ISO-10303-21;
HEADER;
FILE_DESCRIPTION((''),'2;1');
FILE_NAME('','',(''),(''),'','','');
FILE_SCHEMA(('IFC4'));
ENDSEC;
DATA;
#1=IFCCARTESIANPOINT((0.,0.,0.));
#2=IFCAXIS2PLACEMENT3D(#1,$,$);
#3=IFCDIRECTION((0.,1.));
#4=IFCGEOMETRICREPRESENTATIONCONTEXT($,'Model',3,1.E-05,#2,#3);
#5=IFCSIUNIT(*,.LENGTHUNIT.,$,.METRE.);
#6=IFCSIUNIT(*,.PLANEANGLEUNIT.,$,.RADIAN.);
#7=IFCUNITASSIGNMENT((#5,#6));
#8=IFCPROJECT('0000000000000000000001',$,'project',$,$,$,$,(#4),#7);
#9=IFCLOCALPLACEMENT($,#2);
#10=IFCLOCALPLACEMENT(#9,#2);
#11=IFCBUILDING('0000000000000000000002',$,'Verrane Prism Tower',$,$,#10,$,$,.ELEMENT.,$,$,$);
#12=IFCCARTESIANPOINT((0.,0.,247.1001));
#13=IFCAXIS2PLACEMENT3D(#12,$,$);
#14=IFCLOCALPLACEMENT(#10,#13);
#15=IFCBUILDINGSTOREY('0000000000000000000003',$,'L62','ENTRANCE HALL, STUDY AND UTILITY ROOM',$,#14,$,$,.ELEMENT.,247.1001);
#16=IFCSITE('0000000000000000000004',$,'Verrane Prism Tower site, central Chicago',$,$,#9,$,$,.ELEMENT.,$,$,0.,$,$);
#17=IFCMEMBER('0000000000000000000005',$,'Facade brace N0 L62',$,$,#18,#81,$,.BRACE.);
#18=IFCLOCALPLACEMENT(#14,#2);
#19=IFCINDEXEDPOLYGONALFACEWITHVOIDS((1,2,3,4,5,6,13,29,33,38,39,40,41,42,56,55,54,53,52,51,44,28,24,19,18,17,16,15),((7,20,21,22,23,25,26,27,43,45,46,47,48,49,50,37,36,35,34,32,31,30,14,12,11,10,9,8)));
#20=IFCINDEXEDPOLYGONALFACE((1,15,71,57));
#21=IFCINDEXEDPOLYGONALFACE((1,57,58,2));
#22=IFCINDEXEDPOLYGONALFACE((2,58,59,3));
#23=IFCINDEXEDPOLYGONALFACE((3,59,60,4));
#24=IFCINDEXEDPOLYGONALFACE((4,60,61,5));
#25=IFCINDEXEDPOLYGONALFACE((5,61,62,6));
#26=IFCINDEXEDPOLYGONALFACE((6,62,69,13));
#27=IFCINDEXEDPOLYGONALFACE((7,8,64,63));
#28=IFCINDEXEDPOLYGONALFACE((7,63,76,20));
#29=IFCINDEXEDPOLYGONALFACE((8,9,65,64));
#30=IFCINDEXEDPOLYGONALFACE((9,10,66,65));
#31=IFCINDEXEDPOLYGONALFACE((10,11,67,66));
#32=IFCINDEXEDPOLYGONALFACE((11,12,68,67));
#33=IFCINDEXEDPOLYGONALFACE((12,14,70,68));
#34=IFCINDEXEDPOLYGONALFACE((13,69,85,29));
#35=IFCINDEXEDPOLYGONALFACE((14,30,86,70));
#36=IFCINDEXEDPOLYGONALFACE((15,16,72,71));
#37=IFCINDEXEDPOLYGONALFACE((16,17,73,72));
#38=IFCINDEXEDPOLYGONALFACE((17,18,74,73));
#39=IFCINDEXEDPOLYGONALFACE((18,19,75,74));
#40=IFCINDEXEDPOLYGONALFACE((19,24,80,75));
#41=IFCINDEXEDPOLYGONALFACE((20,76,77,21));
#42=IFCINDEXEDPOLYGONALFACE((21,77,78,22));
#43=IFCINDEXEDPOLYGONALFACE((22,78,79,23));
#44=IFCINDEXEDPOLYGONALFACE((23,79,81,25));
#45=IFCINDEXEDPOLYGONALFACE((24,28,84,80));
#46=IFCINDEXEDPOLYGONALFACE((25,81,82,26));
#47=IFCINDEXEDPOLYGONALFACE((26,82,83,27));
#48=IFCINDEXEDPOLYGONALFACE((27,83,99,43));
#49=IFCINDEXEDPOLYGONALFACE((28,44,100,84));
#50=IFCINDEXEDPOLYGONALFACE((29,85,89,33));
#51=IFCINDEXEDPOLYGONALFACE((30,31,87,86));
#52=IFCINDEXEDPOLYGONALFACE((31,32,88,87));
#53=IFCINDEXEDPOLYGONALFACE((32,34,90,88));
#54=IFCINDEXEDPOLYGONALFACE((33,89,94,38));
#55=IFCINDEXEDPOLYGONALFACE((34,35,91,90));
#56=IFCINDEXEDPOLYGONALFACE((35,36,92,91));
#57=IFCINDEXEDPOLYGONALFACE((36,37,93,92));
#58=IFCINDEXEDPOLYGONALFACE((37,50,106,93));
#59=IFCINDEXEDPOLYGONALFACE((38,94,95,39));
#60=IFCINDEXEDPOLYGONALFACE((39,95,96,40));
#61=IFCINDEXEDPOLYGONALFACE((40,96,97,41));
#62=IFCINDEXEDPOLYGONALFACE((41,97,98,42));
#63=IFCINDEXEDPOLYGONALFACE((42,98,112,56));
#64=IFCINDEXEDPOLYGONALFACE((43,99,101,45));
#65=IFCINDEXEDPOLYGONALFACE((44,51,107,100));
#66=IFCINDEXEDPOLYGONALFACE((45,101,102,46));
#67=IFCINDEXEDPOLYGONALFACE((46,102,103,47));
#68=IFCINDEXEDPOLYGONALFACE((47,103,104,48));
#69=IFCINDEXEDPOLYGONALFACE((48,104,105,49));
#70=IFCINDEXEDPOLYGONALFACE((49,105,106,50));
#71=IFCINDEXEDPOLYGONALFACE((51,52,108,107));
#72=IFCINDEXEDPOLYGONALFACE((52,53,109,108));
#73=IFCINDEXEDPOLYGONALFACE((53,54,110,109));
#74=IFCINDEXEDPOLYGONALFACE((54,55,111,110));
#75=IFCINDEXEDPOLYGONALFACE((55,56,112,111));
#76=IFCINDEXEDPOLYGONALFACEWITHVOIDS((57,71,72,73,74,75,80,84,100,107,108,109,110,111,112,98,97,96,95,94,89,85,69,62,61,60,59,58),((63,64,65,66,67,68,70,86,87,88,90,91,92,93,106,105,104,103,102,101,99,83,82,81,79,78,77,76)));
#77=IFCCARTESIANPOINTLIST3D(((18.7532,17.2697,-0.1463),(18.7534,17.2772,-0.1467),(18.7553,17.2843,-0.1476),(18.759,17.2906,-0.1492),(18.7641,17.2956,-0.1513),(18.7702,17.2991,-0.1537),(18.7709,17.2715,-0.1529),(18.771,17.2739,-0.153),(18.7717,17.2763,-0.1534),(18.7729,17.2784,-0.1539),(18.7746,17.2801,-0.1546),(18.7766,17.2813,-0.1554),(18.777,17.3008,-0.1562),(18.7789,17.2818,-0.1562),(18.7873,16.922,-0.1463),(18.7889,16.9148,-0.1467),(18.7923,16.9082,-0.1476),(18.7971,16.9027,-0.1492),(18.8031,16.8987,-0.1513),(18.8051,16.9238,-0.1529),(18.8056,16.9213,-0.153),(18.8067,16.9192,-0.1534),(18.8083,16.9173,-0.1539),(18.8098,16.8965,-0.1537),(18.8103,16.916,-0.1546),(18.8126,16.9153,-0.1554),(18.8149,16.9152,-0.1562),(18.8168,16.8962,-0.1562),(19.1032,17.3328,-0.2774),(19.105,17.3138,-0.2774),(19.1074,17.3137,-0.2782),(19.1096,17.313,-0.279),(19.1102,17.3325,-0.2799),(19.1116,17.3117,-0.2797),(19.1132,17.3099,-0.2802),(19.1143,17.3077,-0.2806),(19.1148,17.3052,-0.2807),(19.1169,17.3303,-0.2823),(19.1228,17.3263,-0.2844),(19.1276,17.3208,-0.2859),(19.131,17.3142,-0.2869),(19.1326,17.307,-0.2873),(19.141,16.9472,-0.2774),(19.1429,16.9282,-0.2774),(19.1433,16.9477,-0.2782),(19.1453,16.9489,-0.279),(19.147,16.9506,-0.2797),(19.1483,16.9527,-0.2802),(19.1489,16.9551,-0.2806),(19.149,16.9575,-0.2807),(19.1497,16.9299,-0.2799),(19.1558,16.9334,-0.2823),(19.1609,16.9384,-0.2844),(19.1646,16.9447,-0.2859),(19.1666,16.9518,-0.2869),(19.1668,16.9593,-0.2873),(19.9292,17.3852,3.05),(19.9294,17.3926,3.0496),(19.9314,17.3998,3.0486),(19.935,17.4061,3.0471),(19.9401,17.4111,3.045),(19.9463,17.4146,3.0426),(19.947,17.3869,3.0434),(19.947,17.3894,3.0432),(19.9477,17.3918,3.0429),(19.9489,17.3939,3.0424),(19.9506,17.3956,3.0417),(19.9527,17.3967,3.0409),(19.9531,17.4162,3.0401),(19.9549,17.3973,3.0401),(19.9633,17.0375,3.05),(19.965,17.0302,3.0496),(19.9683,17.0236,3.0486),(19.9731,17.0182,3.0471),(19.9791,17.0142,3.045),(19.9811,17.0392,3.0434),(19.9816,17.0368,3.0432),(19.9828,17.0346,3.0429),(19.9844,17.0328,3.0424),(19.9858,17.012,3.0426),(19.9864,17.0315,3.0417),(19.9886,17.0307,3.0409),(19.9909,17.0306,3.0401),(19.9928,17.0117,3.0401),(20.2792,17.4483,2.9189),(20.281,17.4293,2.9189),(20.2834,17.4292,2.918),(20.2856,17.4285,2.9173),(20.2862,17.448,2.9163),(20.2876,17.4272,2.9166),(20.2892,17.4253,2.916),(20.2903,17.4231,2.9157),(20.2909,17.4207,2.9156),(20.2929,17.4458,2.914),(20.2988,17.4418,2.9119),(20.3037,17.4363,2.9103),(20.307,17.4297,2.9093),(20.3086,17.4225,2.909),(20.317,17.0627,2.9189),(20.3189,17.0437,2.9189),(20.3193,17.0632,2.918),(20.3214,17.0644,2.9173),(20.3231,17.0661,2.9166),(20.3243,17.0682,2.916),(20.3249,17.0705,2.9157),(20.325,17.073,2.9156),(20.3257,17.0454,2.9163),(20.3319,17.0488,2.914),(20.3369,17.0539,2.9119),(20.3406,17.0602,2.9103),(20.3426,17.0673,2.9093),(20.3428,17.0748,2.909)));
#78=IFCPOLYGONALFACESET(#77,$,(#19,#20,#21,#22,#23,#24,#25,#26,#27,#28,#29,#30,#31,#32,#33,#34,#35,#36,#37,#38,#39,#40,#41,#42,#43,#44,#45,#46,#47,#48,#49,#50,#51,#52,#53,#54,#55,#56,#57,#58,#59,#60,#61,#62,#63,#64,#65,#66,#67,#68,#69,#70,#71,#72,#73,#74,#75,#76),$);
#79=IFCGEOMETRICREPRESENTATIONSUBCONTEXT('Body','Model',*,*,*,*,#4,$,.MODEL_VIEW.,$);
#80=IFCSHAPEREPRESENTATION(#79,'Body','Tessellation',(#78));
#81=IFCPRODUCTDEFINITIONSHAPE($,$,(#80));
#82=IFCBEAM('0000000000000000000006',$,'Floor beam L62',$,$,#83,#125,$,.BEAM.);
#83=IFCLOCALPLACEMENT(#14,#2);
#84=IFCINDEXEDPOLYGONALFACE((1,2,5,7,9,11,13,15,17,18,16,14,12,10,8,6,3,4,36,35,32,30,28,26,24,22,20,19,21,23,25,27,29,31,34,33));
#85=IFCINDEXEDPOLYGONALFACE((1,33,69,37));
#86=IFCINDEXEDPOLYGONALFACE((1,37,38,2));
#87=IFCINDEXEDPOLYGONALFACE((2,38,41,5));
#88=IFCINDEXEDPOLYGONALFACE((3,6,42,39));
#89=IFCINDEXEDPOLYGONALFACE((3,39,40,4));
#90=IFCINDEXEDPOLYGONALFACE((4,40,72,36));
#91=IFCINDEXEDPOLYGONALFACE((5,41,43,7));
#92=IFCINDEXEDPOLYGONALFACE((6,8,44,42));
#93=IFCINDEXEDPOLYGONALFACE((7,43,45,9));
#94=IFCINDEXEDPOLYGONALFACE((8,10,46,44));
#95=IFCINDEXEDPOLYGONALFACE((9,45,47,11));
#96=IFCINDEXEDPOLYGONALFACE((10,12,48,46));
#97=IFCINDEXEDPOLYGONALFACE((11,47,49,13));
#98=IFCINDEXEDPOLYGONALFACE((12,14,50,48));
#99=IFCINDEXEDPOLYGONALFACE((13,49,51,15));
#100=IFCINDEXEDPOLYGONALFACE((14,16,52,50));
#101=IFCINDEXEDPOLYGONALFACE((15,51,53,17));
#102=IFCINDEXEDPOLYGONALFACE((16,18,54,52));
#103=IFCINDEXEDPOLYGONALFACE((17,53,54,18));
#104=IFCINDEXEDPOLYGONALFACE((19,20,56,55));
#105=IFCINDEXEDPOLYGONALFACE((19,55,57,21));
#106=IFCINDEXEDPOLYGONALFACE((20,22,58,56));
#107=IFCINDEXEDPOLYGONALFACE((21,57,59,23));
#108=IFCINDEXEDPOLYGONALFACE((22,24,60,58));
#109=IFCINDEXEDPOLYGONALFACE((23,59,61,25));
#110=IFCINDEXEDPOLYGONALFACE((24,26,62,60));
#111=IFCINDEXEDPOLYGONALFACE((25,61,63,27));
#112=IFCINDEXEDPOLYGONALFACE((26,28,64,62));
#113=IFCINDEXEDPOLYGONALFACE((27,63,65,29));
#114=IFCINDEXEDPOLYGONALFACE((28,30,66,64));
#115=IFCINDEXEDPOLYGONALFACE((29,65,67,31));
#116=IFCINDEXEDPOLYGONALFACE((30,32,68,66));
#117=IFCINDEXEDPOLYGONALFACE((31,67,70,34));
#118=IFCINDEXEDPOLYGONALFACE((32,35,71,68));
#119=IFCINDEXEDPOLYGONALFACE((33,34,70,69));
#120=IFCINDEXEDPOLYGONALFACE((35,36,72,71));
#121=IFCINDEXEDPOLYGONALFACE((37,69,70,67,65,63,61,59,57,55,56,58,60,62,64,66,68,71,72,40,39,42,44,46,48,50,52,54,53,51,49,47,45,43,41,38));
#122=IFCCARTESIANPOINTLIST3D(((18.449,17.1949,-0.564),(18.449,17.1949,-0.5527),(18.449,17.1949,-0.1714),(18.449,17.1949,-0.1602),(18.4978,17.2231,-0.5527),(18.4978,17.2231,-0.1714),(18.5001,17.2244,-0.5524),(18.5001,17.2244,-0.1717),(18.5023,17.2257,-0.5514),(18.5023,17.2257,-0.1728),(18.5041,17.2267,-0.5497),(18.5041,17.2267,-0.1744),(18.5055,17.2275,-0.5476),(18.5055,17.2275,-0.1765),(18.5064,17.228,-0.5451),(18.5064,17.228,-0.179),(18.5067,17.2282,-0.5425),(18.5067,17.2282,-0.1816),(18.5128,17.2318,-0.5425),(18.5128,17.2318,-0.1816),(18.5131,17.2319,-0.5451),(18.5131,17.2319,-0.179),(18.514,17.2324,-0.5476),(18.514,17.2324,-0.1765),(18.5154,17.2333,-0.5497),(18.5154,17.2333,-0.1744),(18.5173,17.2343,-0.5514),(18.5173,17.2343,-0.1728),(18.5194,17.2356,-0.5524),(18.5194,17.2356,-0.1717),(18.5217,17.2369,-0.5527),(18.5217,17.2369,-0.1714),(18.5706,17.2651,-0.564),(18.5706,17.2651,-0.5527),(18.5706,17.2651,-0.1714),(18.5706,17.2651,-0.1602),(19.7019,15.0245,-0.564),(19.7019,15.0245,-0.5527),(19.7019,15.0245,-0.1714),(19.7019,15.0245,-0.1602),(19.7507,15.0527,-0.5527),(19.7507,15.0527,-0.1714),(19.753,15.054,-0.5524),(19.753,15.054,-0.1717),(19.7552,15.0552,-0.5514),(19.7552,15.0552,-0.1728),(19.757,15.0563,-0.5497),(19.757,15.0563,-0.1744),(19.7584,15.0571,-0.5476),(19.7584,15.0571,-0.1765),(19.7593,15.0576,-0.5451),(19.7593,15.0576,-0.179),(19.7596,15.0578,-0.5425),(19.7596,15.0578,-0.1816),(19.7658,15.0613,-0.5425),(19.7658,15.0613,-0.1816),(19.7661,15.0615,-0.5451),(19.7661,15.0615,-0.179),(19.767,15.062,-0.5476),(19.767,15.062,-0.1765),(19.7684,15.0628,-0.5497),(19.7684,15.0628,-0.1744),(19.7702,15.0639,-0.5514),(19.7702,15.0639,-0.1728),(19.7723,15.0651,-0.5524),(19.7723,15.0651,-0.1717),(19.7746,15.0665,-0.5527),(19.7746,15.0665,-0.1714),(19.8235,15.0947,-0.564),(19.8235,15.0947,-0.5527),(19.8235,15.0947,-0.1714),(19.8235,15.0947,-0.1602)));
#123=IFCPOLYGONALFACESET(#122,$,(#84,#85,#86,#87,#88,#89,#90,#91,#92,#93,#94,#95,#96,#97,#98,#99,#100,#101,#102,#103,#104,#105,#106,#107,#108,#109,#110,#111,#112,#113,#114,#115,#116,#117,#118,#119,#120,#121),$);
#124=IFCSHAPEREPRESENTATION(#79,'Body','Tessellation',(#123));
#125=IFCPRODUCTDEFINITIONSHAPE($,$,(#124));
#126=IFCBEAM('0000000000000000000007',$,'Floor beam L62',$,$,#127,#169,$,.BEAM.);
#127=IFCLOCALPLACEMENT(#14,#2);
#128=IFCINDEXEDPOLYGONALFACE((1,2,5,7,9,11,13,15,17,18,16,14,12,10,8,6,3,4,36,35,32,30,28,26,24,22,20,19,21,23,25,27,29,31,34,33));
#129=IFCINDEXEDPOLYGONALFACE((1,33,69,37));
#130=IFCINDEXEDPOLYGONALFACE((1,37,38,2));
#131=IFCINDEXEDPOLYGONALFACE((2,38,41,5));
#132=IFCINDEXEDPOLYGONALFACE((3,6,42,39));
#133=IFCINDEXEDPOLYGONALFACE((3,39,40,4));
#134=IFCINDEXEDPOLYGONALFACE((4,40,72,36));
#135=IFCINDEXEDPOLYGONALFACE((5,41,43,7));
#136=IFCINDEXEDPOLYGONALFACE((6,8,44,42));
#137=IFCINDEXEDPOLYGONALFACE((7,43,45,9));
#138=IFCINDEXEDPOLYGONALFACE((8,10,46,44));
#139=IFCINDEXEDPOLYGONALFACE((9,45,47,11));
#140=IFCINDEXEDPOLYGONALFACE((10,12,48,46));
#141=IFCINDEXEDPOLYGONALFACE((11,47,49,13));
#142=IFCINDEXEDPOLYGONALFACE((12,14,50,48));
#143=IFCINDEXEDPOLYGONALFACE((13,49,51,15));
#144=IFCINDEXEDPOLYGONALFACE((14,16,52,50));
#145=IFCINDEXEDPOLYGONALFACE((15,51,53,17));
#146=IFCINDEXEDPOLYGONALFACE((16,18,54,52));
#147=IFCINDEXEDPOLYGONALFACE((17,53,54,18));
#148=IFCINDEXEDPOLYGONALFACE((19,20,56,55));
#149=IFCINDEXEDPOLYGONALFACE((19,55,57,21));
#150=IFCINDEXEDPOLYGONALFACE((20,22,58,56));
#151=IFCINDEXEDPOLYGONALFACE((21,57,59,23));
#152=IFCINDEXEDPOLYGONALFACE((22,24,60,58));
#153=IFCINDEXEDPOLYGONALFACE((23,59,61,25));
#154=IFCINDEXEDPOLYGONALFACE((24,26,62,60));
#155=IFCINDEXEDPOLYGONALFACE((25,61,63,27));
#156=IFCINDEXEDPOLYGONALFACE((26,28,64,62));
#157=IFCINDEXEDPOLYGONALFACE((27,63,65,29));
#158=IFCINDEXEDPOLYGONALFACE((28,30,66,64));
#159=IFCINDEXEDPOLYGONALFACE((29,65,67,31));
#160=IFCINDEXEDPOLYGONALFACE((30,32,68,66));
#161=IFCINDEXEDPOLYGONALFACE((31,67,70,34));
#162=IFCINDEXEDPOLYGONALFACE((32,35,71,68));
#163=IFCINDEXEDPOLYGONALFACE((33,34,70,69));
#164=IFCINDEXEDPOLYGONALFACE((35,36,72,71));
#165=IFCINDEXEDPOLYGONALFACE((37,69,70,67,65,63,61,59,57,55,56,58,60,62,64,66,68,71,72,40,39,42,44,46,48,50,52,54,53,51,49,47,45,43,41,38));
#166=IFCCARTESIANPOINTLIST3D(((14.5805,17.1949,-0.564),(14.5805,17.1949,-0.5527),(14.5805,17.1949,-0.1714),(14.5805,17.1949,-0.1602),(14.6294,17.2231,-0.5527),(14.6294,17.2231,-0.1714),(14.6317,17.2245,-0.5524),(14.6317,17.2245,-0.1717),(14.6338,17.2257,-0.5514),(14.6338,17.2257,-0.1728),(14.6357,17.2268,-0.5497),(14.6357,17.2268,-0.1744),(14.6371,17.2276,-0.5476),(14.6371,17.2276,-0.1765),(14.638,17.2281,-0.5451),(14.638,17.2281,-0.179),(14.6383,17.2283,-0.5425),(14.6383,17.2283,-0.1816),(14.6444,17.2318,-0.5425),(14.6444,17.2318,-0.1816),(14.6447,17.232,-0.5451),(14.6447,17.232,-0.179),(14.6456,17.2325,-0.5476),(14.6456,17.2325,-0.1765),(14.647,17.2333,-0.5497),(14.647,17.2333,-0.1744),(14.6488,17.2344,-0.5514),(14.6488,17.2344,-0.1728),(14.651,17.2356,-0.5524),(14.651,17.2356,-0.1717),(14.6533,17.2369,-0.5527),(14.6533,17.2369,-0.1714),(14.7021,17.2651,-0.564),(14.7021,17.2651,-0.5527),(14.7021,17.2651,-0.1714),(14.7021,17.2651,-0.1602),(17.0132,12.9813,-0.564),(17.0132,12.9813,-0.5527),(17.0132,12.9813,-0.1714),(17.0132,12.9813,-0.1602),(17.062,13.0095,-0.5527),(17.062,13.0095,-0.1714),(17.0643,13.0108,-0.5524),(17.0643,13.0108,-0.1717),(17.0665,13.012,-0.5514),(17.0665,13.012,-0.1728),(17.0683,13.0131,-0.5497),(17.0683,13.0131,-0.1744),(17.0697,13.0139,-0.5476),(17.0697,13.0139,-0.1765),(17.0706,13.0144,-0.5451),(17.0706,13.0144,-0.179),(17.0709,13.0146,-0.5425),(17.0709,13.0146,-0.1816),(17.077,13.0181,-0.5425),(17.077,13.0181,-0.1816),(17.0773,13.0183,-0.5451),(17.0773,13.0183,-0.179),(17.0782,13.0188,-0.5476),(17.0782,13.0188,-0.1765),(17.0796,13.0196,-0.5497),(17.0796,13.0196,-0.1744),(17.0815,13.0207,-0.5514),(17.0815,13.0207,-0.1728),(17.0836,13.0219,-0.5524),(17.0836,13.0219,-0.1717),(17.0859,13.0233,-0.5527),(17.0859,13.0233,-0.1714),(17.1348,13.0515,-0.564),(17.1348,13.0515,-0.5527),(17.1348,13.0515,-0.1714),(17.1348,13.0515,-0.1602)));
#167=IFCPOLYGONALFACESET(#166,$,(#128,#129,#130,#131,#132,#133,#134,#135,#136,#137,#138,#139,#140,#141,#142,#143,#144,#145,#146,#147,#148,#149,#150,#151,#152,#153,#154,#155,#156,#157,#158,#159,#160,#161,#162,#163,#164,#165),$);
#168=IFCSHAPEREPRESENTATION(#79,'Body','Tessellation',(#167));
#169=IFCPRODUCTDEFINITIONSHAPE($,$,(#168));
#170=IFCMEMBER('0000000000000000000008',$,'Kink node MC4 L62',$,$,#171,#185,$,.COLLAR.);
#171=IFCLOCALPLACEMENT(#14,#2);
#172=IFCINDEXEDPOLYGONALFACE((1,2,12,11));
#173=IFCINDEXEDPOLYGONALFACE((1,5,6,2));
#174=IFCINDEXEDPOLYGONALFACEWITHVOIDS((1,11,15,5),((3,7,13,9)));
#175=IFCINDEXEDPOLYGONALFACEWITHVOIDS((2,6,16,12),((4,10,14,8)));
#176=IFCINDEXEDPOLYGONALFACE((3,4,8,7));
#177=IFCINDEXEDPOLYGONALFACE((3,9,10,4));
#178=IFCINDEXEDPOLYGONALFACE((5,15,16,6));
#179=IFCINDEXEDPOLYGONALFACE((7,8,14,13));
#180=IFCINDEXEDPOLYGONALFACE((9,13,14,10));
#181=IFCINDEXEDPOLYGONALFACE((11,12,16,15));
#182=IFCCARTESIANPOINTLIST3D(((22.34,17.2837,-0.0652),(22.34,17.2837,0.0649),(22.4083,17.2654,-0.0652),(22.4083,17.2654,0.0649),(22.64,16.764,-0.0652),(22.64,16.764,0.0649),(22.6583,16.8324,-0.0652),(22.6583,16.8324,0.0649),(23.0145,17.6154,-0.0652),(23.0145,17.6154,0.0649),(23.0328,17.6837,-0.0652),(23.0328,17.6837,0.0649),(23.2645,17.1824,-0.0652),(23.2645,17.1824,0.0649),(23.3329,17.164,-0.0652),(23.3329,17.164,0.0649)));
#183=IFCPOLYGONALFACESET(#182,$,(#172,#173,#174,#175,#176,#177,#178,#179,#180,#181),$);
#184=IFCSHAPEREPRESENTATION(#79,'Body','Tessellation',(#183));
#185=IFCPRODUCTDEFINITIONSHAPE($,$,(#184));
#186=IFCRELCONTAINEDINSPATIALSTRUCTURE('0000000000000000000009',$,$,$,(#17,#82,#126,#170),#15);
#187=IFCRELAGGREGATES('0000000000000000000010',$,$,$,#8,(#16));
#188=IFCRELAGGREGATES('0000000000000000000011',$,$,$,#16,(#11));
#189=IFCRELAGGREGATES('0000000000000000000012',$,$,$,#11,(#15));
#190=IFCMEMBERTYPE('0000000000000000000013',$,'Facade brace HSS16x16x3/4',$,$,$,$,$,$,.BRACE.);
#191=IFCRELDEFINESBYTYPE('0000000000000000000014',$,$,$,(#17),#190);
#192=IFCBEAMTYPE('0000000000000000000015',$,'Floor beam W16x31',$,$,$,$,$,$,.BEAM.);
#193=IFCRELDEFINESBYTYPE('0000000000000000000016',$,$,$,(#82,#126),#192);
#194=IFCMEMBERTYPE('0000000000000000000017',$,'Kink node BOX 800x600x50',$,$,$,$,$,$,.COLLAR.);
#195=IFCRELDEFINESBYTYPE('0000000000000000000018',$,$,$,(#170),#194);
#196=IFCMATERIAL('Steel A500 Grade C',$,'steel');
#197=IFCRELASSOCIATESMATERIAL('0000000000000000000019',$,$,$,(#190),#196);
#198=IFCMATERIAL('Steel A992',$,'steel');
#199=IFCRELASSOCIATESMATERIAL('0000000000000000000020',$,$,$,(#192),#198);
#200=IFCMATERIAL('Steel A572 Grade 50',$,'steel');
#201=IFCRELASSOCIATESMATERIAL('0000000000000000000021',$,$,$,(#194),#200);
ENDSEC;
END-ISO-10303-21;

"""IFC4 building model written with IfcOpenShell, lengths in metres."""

from ifc_helpers import new_model, si_unit, direction, frame, origin, origin_2d, place, context, subcontext, project, spatial, hollow_rectangle, i_section, extrude, material, material_profile, profile_set, type_object, element, save


model = new_model("IFC4")

# Units and contexts
model_context = context("Model", 3, precision=1e-05, world=origin(), true_north=direction((0.0, 1.0)))
body_context = subcontext(model_context, "Body", "Model", "MODEL_VIEW")
ifc_project = project(units=[si_unit("LENGTHUNIT", "METRE"), si_unit("PLANEANGLEUNIT", "RADIAN")], contexts=[model_context])

# Site, building, storey
site_placement = place(None, origin())
site = spatial("IfcSite", under=ifc_project, at=site_placement, Name="Verrane Prism Tower site, central Chicago", CompositionType="ELEMENT", RefElevation=0.0)
building_placement = place(site_placement, origin())
building = spatial("IfcBuilding", under=site, at=building_placement, Name="Verrane Prism Tower", CompositionType="ELEMENT")
storey_placement = place(building_placement, frame((0.0, 0.0, 247.1001)))
storey = spatial("IfcBuildingStorey", under=building, at=storey_placement, Name="L62", Description="ENTRANCE HALL, STUDY AND UTILITY ROOM", CompositionType="ELEMENT", Elevation=247.1001)

# Member
ifc_material_1 = material(Name="Steel A500 Grade C", Category="steel")
ifc_material_profile_1 = material_profile(ifc_material_1, hollow_rectangle(XDim=0.4065, YDim=0.4065, WallThickness=0.019, InnerFilletRadius=0.0095, OuterFilletRadius=0.0286, at=origin_2d()), Name="HSS16x16x3/4")
ifc_profile_set_1 = profile_set([ifc_material_profile_1], Name="Steel A500 Grade C")
member_type_1 = type_object("IfcMemberType", Name="Facade brace HSS16x16x3/4", PredefinedType="BRACE", material=ifc_profile_set_1)
member_1_placement = place(storey_placement, frame((18.96, 17.1145, -0.2168), z_axis=(0.345105, 0.033887, 0.937952), x_axis=(-0.097724, 0.995214, 0.0)))
element("IfcMember", 1, at=member_1_placement, inside=storey, type_object=member_type_1, Name="Facade brace N0 L62", PredefinedType="BRACE", context=body_context, shape_type="SweptSolid", body=[
    extrude(hollow_rectangle(XDim=0.4065, YDim=0.4065, WallThickness=0.019, InnerFilletRadius=0.0095, OuterFilletRadius=0.0286, at=origin_2d()), origin(), (0.0, 0.0, 1.0), 3.4077),
])

# Beams
ifc_material_2 = material(Name="Steel A992", Category="steel")
ifc_material_profile_2 = material_profile(ifc_material_2, i_section(OverallWidth=0.1404, OverallDepth=0.4038, WebThickness=0.0071, FlangeThickness=0.0112, FilletRadius=0.0103, at=origin_2d()), Name="W16x31")
ifc_profile_set_2 = profile_set([ifc_material_profile_2], Name="Steel A992")
beam_type_1 = type_object("IfcBeamType", Name="Floor beam W16x31", PredefinedType="BEAM", material=ifc_profile_set_2)
beam_1_placement = place(storey_placement, frame((19.7627, 15.0596, -0.3621), z_axis=(-0.499953, 0.866053, 0.0), x_axis=(-0.866053, -0.499953, 0.0)))
element("IfcBeam", 2, at=beam_1_placement, inside=storey, type_object=beam_type_1, Name="Floor beam L62", PredefinedType="BEAM", context=body_context, shape_type="SweptSolid", body=[
    extrude(i_section(OverallWidth=0.1404, OverallDepth=0.4038, WebThickness=0.0071, FlangeThickness=0.0112, FilletRadius=0.0103, at=origin_2d()), origin(), (0.0, 0.0, 1.0), 2.5061),
])
beam_2_placement = place(storey_placement, frame((17.074, 13.0164, -0.3621), z_axis=(-0.499982, 0.866036, 0.0), x_axis=(-0.866036, -0.499982, 0.0)))
element("IfcBeam", 3, at=beam_2_placement, inside=storey, type_object=beam_type_1, Name="Floor beam L62", PredefinedType="BEAM", context=body_context, shape_type="SweptSolid", body=[
    extrude(i_section(OverallWidth=0.1404, OverallDepth=0.4038, WebThickness=0.0071, FlangeThickness=0.0112, FilletRadius=0.0103, at=origin_2d()), origin(), (0.0, 0.0, 1.0), 4.8655),
])

# Member
ifc_material_3 = material(Name="Steel A572 Grade 50", Category="steel")
ifc_material_profile_3 = material_profile(ifc_material_3, hollow_rectangle(XDim=0.6001, YDim=0.8, WallThickness=0.05, at=origin_2d()), Name="BOX 800x600x50")
ifc_profile_set_3 = profile_set([ifc_material_profile_3], Name="Steel A572 Grade 50")
member_type_2 = type_object("IfcMemberType", Name="Kink node BOX 800x600x50", PredefinedType="COLLAR", material=ifc_profile_set_3)
member_2_placement = place(storey_placement, frame((22.8364, 17.2239, -0.0652), z_axis=(0.0, 0.0, 1.0), x_axis=(0.5, -0.866025, 0.0)))
element("IfcMember", 4, at=member_2_placement, inside=storey, type_object=member_type_2, Name="Kink node MC4 L62", PredefinedType="COLLAR", context=body_context, shape_type="SweptSolid", body=[
    extrude(hollow_rectangle(XDim=0.6001, YDim=0.8, WallThickness=0.05, at=origin_2d()), origin(), (0.0, 0.0, 1.0), 0.1301),
])

save(model, "model.ifc")
